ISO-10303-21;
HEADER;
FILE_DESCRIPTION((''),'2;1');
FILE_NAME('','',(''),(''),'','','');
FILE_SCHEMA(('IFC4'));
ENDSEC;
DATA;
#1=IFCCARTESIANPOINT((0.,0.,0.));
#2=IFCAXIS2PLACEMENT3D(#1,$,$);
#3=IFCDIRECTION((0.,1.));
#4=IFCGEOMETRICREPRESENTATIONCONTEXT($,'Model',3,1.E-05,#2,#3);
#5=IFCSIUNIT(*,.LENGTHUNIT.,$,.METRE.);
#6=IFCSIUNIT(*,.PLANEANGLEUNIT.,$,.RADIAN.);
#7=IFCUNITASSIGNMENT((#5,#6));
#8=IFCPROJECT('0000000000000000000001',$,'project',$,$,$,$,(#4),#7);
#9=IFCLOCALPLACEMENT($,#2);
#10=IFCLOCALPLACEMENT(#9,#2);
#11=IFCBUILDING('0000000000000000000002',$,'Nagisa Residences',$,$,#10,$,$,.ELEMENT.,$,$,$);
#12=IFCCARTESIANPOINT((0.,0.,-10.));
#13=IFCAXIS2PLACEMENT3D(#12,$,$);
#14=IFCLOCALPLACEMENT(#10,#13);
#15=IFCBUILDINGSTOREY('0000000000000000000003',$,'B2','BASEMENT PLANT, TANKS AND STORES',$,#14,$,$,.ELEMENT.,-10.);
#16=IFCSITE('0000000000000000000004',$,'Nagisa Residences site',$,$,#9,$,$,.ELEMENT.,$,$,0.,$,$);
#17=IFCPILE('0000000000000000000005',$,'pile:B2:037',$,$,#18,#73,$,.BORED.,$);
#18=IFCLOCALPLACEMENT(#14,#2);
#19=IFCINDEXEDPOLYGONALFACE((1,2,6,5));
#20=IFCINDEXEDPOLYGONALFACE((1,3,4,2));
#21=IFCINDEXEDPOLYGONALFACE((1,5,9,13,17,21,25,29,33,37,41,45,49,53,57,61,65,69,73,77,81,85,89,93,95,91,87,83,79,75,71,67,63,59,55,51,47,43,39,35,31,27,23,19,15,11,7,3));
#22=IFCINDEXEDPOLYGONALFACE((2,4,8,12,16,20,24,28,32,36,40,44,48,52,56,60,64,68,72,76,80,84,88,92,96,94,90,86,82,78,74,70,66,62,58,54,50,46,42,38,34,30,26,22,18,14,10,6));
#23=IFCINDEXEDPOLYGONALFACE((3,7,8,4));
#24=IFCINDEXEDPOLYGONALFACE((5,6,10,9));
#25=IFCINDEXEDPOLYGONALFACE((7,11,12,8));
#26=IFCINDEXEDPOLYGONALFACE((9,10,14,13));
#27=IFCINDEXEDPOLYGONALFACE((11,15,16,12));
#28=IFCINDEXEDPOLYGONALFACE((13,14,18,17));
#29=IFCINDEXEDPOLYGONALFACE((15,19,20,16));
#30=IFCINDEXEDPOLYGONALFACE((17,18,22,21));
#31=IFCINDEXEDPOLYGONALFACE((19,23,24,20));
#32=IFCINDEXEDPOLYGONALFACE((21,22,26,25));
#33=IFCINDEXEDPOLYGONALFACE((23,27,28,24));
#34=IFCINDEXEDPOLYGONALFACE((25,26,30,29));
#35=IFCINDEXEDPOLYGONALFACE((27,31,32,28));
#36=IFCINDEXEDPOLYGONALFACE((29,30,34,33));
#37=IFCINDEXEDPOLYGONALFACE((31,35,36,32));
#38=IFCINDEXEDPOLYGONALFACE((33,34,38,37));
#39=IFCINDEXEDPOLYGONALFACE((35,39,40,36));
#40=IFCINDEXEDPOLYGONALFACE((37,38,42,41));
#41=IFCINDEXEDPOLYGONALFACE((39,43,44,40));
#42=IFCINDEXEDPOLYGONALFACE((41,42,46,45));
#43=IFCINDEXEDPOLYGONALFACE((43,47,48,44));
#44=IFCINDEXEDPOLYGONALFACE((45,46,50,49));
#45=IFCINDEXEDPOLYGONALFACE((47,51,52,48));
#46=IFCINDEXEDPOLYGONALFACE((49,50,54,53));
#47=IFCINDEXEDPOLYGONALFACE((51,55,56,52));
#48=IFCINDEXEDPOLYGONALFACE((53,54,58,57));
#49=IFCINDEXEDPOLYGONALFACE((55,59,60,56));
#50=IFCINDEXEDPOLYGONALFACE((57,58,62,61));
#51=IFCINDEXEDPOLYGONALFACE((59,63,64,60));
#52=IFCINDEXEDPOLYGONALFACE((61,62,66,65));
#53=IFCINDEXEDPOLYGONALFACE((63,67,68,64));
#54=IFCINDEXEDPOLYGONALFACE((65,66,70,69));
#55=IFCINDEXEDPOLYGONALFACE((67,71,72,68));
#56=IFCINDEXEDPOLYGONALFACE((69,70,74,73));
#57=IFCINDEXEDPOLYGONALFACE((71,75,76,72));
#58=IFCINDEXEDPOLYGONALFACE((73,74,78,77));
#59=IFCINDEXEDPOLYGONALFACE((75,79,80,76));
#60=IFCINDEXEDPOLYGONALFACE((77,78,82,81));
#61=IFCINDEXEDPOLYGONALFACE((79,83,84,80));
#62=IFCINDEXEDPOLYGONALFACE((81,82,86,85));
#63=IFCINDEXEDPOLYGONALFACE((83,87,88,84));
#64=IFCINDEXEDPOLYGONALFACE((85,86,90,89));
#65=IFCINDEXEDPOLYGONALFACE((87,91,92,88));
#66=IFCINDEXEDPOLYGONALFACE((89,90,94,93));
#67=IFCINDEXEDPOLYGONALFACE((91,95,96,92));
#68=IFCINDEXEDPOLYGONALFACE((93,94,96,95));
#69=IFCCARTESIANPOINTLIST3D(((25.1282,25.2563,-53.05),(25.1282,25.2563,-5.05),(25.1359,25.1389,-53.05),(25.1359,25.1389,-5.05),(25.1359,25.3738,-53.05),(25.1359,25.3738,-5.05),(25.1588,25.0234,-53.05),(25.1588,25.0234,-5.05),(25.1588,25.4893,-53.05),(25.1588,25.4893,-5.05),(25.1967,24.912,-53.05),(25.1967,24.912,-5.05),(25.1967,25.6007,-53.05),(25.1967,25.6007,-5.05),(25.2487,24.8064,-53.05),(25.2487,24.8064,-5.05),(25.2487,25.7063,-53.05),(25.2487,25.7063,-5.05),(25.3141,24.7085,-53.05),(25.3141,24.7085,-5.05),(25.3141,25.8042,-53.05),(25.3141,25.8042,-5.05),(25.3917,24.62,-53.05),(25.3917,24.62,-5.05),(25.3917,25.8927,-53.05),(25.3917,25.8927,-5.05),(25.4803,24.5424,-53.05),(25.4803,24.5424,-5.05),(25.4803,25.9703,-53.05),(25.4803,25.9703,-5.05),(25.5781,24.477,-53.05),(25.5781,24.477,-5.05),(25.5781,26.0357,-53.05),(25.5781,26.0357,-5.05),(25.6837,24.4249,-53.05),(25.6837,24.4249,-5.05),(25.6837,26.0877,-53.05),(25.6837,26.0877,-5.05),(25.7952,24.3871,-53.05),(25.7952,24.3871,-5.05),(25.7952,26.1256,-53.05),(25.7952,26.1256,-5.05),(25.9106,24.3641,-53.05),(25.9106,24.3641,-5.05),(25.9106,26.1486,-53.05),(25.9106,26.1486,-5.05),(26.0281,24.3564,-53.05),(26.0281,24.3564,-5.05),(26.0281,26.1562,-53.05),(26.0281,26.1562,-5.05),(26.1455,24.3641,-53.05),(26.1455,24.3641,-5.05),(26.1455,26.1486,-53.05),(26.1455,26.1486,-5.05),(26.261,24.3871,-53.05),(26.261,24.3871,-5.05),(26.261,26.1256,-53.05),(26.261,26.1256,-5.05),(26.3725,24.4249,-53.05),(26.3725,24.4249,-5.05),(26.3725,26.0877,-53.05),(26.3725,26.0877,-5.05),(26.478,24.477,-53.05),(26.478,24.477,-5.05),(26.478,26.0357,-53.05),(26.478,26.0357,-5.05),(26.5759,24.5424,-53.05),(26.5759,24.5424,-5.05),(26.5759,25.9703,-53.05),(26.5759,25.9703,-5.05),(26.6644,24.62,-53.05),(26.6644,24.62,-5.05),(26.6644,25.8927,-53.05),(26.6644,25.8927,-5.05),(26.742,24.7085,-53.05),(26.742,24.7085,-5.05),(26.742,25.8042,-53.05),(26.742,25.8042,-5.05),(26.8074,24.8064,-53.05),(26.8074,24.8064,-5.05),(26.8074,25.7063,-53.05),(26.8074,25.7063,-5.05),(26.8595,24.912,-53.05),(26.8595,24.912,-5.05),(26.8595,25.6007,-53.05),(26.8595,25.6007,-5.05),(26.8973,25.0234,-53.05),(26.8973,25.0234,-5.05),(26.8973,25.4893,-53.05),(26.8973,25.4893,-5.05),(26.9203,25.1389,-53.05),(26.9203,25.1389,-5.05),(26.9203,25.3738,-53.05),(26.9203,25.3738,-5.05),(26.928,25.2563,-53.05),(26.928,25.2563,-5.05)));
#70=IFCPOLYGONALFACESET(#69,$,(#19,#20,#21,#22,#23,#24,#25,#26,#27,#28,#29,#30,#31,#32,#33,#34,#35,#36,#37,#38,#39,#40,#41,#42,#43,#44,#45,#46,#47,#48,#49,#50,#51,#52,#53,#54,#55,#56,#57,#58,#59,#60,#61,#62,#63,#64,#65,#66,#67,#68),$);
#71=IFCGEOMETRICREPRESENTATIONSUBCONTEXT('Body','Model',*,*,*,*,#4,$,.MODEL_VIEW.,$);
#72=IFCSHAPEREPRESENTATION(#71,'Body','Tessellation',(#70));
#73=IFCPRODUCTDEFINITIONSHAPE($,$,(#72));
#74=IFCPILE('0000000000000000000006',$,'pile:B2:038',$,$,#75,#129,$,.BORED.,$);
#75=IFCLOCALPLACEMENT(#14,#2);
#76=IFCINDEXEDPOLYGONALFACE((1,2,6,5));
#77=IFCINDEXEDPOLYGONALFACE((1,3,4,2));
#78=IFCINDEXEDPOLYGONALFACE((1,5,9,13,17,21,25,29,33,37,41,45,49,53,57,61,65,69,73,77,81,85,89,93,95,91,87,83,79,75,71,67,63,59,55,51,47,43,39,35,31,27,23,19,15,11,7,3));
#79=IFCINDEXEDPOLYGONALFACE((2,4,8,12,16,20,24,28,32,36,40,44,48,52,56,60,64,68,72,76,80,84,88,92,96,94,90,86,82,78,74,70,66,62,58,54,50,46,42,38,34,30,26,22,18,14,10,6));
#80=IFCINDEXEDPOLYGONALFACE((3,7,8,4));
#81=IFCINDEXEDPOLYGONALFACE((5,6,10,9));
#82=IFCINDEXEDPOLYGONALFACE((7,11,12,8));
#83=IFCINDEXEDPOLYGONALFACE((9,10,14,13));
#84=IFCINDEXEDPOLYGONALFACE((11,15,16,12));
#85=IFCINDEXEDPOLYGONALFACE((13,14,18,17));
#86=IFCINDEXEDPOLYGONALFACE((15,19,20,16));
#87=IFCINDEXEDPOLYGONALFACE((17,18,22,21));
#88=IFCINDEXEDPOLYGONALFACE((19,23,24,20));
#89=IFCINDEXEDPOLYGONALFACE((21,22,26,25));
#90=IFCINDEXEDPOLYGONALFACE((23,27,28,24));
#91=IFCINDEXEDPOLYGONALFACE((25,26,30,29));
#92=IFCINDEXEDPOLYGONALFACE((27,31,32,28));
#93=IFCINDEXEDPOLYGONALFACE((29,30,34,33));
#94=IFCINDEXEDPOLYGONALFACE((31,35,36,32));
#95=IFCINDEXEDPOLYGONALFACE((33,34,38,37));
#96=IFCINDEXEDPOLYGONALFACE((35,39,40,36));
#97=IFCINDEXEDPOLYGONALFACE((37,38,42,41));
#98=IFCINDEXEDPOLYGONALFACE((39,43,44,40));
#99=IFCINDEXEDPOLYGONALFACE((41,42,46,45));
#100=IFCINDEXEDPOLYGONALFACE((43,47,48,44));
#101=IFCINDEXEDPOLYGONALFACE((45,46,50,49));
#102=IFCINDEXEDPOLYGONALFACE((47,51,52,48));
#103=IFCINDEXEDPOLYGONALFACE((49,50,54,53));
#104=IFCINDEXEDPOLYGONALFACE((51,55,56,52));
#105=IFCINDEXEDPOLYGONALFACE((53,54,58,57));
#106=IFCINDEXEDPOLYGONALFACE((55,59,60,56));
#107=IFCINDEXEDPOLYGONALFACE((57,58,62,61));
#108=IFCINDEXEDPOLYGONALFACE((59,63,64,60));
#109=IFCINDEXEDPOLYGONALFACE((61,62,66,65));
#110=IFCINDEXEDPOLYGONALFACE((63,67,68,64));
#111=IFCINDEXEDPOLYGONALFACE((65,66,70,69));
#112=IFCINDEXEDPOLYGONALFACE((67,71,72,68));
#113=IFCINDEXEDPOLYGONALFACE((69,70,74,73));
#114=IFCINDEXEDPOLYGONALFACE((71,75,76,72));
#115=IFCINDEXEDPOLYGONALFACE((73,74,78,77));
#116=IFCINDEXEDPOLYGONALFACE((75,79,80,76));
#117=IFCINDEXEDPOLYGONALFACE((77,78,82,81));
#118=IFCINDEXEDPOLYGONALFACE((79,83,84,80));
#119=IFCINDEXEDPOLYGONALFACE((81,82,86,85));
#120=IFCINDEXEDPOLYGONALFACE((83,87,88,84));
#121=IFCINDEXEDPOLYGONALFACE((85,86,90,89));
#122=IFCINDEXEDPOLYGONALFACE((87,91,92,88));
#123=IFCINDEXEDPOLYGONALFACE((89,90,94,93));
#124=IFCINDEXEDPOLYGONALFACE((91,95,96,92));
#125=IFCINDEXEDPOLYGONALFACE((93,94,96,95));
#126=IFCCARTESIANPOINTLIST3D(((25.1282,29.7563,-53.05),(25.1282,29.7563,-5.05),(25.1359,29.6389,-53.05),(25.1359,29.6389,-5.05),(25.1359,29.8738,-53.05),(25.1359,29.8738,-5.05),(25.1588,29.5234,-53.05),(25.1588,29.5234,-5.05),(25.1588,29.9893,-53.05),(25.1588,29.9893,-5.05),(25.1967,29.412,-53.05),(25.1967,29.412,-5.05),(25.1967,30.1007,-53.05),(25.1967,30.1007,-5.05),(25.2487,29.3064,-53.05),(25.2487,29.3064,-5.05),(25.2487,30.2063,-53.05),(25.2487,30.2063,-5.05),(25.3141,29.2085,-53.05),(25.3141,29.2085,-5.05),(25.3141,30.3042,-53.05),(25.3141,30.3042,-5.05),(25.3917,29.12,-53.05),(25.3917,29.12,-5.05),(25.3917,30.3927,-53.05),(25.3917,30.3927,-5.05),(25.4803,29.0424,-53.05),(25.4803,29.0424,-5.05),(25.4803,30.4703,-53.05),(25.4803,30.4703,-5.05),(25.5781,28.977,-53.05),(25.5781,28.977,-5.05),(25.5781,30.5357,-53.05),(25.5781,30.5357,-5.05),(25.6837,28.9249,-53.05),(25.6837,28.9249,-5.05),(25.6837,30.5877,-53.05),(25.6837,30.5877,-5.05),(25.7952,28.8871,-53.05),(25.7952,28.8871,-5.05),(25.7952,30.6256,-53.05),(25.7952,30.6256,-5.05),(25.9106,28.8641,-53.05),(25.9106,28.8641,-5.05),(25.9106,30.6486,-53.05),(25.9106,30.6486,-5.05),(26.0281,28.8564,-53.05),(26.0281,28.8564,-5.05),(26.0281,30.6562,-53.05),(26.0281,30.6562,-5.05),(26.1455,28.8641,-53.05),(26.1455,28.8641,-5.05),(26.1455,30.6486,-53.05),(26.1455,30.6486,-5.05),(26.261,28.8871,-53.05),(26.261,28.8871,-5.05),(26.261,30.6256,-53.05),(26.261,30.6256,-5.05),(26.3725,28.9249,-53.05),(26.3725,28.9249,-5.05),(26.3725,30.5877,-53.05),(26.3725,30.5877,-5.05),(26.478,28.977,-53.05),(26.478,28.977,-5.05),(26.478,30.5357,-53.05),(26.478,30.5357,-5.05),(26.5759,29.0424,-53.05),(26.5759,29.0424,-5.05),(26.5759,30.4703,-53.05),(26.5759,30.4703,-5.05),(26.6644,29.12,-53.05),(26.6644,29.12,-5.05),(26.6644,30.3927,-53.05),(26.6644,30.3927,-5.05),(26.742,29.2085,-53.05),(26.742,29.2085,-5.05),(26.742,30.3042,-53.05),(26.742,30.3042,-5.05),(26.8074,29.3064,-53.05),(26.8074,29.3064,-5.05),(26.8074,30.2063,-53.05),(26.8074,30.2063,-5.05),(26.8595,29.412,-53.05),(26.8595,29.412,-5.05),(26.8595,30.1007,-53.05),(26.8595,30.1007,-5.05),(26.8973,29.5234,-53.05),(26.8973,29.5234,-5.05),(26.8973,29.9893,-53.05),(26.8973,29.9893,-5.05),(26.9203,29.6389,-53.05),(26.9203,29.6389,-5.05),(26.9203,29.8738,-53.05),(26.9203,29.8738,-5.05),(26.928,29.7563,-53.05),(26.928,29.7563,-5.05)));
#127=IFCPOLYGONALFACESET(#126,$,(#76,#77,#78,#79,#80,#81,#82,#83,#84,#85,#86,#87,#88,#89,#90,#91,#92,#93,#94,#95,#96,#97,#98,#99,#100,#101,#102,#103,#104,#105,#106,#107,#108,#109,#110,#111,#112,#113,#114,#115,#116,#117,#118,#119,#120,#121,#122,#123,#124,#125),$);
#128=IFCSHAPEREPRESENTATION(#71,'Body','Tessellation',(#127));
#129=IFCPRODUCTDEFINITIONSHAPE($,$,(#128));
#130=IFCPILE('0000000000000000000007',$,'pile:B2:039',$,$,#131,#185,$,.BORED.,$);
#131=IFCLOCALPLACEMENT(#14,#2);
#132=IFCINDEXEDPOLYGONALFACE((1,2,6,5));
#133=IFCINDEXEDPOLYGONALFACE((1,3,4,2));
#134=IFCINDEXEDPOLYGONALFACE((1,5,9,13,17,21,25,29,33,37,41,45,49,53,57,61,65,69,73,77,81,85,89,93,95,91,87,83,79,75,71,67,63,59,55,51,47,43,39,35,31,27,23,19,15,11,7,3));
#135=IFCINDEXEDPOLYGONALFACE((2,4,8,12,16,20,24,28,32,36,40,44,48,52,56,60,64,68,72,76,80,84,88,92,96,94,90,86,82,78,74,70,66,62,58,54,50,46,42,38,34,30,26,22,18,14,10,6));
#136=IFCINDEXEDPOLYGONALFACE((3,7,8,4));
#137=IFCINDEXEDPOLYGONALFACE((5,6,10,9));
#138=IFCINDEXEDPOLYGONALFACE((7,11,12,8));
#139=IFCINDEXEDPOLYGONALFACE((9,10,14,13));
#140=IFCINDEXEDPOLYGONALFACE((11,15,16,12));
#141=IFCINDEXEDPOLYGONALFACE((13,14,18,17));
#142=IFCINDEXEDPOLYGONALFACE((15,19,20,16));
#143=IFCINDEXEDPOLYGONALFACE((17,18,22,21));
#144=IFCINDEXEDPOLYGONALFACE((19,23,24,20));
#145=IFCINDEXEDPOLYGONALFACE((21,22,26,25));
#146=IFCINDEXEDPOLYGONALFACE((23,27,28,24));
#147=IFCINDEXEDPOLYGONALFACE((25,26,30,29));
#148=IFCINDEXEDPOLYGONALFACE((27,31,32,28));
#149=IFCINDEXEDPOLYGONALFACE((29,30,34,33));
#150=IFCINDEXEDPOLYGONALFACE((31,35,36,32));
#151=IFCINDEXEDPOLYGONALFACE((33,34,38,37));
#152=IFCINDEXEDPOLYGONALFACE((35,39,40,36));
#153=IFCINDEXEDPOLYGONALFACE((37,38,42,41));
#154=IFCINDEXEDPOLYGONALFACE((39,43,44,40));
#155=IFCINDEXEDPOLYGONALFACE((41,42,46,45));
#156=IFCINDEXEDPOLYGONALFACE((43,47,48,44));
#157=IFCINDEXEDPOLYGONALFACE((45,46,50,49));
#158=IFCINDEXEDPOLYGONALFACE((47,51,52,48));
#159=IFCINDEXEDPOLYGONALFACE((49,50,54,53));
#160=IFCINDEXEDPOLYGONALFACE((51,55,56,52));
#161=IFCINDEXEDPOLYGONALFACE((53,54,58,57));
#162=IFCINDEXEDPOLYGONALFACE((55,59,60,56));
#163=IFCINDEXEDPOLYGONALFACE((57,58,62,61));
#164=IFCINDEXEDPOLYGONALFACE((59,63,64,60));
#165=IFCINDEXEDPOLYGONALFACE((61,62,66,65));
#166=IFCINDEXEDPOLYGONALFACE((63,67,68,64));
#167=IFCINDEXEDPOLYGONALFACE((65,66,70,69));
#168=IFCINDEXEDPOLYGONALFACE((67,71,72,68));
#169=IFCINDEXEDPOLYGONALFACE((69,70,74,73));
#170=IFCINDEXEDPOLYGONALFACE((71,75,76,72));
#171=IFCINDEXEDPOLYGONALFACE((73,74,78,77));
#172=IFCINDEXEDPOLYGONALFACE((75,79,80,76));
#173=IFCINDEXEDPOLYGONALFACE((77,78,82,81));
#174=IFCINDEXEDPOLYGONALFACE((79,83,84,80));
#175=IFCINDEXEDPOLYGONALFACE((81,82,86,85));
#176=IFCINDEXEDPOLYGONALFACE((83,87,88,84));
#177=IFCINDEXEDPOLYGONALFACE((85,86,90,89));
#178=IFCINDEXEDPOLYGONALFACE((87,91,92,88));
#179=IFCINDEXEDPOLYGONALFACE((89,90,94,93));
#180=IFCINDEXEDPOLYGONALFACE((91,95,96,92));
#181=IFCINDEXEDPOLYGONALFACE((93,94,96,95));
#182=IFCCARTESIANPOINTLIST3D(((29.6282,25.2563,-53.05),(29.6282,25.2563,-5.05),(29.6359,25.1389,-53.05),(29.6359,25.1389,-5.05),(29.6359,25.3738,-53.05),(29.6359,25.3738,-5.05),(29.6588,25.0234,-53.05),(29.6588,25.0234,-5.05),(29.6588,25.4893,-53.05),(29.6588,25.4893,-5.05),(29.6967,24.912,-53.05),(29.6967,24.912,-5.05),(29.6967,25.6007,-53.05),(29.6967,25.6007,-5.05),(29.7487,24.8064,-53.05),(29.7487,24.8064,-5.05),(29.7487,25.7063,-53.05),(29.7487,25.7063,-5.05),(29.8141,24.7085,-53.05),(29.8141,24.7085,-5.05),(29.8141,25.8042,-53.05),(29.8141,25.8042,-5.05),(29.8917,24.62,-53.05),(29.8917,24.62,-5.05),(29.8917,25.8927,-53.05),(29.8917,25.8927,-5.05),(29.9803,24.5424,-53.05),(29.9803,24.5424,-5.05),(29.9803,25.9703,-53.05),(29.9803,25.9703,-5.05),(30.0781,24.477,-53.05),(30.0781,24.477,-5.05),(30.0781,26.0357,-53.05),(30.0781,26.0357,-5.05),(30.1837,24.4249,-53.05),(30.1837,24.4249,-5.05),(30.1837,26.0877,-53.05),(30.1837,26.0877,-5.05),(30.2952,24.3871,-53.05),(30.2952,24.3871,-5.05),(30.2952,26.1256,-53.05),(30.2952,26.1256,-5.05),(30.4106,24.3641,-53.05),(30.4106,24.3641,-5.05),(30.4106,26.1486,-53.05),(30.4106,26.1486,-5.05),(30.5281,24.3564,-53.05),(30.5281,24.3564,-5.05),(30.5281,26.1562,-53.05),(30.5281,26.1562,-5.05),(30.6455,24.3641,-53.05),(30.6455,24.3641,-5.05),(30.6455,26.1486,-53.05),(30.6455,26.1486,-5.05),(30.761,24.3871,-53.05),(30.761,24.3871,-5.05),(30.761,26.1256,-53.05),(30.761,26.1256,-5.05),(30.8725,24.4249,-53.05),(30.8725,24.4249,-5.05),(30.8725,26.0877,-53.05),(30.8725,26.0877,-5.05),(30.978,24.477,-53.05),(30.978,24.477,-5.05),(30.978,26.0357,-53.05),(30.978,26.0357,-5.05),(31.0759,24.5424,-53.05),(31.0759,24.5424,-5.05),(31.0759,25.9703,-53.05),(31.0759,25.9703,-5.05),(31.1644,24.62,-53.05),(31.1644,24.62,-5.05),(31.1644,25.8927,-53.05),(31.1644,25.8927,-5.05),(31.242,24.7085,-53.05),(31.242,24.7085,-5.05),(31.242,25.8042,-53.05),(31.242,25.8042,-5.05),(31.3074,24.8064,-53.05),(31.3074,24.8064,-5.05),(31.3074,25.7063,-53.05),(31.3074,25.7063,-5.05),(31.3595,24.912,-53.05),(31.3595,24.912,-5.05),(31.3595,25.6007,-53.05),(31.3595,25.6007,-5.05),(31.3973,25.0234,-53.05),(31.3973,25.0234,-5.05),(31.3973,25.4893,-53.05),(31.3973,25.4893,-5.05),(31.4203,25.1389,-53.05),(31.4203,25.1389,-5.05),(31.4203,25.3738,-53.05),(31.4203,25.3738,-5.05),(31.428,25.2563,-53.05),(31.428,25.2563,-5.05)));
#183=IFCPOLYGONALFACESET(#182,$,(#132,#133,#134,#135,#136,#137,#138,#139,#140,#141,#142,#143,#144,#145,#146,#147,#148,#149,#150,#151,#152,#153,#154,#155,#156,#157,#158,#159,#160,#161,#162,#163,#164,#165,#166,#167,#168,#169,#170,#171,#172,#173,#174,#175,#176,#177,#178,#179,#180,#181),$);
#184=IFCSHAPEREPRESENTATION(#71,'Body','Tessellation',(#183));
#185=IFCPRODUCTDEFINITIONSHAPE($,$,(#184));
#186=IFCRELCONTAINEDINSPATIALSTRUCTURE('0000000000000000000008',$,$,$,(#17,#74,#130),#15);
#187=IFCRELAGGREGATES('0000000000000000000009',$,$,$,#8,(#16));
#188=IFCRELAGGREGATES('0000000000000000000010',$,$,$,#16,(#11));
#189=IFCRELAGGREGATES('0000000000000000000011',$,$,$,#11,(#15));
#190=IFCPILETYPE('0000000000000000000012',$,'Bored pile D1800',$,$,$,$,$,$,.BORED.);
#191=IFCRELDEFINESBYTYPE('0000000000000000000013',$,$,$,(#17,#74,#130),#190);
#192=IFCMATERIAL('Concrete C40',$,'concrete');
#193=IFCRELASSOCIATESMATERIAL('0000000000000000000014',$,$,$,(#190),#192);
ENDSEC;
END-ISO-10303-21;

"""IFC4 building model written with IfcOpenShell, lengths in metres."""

from ifc_helpers import new_model, si_unit, direction, frame, origin, origin_2d, place, context, subcontext, project, spatial, circle, extrude, material, material_profile, profile_set, type_object, element, save


model = new_model("IFC4")

# Units and contexts
model_context = context("Model", 3, precision=1e-05, world=origin(), true_north=direction((0.0, 1.0)))
body_context = subcontext(model_context, "Body", "Model", "MODEL_VIEW")
ifc_project = project(units=[si_unit("LENGTHUNIT", "METRE"), si_unit("PLANEANGLEUNIT", "RADIAN")], contexts=[model_context])

# Site, building, storey
site_placement = place(None, origin())
site = spatial("IfcSite", under=ifc_project, at=site_placement, Name="Nagisa Residences site", CompositionType="ELEMENT", RefElevation=0.0)
building_placement = place(site_placement, origin())
building = spatial("IfcBuilding", under=site, at=building_placement, Name="Nagisa Residences", CompositionType="ELEMENT")
storey_placement = place(building_placement, frame((0.0, 0.0, -10.0)))
storey = spatial("IfcBuildingStorey", under=building, at=storey_placement, Name="B2", Description="BASEMENT PLANT, TANKS AND STORES", CompositionType="ELEMENT", Elevation=-10.0)

# Piles
ifc_material_1 = material(Name="Concrete C40", Category="concrete")
ifc_material_profile_1 = material_profile(ifc_material_1, circle(Radius=0.8999, at=origin_2d()), Name="Bored pile D1800")
ifc_profile_set_1 = profile_set([ifc_material_profile_1], Name="Concrete C40")
pile_type = type_object("IfcPileType", Name="Bored pile D1800", PredefinedType="BORED", material=ifc_profile_set_1)
for number, where, z_axis, x_axis, name in (
    (1, (26.0281, 25.2563, -5.05), (0.0, 0.0, -1.0), (1.0, 0.0, 0.0), "pile:B2:037"),
    (2, (26.0281, 29.7563, -5.05), (0.0, 0.0, -1.0), (1.0, 0.0, 0.0), "pile:B2:038"),
    (3, (30.5281, 25.2563, -5.05), (0.0, 0.0, -1.0), (1.0, 0.0, 0.0), "pile:B2:039"),
):
    element("IfcPile", number, at=place(storey_placement, frame(where, z_axis=z_axis, x_axis=x_axis)), inside=storey, type_object=pile_type, Name=name, PredefinedType="BORED", context=body_context, shape_type="SweptSolid", body=[
        extrude(circle(Radius=0.8999, at=origin_2d()), origin(), (0.0, 0.0, 1.0), 48.0),
    ])

save(model, "model.ifc")
